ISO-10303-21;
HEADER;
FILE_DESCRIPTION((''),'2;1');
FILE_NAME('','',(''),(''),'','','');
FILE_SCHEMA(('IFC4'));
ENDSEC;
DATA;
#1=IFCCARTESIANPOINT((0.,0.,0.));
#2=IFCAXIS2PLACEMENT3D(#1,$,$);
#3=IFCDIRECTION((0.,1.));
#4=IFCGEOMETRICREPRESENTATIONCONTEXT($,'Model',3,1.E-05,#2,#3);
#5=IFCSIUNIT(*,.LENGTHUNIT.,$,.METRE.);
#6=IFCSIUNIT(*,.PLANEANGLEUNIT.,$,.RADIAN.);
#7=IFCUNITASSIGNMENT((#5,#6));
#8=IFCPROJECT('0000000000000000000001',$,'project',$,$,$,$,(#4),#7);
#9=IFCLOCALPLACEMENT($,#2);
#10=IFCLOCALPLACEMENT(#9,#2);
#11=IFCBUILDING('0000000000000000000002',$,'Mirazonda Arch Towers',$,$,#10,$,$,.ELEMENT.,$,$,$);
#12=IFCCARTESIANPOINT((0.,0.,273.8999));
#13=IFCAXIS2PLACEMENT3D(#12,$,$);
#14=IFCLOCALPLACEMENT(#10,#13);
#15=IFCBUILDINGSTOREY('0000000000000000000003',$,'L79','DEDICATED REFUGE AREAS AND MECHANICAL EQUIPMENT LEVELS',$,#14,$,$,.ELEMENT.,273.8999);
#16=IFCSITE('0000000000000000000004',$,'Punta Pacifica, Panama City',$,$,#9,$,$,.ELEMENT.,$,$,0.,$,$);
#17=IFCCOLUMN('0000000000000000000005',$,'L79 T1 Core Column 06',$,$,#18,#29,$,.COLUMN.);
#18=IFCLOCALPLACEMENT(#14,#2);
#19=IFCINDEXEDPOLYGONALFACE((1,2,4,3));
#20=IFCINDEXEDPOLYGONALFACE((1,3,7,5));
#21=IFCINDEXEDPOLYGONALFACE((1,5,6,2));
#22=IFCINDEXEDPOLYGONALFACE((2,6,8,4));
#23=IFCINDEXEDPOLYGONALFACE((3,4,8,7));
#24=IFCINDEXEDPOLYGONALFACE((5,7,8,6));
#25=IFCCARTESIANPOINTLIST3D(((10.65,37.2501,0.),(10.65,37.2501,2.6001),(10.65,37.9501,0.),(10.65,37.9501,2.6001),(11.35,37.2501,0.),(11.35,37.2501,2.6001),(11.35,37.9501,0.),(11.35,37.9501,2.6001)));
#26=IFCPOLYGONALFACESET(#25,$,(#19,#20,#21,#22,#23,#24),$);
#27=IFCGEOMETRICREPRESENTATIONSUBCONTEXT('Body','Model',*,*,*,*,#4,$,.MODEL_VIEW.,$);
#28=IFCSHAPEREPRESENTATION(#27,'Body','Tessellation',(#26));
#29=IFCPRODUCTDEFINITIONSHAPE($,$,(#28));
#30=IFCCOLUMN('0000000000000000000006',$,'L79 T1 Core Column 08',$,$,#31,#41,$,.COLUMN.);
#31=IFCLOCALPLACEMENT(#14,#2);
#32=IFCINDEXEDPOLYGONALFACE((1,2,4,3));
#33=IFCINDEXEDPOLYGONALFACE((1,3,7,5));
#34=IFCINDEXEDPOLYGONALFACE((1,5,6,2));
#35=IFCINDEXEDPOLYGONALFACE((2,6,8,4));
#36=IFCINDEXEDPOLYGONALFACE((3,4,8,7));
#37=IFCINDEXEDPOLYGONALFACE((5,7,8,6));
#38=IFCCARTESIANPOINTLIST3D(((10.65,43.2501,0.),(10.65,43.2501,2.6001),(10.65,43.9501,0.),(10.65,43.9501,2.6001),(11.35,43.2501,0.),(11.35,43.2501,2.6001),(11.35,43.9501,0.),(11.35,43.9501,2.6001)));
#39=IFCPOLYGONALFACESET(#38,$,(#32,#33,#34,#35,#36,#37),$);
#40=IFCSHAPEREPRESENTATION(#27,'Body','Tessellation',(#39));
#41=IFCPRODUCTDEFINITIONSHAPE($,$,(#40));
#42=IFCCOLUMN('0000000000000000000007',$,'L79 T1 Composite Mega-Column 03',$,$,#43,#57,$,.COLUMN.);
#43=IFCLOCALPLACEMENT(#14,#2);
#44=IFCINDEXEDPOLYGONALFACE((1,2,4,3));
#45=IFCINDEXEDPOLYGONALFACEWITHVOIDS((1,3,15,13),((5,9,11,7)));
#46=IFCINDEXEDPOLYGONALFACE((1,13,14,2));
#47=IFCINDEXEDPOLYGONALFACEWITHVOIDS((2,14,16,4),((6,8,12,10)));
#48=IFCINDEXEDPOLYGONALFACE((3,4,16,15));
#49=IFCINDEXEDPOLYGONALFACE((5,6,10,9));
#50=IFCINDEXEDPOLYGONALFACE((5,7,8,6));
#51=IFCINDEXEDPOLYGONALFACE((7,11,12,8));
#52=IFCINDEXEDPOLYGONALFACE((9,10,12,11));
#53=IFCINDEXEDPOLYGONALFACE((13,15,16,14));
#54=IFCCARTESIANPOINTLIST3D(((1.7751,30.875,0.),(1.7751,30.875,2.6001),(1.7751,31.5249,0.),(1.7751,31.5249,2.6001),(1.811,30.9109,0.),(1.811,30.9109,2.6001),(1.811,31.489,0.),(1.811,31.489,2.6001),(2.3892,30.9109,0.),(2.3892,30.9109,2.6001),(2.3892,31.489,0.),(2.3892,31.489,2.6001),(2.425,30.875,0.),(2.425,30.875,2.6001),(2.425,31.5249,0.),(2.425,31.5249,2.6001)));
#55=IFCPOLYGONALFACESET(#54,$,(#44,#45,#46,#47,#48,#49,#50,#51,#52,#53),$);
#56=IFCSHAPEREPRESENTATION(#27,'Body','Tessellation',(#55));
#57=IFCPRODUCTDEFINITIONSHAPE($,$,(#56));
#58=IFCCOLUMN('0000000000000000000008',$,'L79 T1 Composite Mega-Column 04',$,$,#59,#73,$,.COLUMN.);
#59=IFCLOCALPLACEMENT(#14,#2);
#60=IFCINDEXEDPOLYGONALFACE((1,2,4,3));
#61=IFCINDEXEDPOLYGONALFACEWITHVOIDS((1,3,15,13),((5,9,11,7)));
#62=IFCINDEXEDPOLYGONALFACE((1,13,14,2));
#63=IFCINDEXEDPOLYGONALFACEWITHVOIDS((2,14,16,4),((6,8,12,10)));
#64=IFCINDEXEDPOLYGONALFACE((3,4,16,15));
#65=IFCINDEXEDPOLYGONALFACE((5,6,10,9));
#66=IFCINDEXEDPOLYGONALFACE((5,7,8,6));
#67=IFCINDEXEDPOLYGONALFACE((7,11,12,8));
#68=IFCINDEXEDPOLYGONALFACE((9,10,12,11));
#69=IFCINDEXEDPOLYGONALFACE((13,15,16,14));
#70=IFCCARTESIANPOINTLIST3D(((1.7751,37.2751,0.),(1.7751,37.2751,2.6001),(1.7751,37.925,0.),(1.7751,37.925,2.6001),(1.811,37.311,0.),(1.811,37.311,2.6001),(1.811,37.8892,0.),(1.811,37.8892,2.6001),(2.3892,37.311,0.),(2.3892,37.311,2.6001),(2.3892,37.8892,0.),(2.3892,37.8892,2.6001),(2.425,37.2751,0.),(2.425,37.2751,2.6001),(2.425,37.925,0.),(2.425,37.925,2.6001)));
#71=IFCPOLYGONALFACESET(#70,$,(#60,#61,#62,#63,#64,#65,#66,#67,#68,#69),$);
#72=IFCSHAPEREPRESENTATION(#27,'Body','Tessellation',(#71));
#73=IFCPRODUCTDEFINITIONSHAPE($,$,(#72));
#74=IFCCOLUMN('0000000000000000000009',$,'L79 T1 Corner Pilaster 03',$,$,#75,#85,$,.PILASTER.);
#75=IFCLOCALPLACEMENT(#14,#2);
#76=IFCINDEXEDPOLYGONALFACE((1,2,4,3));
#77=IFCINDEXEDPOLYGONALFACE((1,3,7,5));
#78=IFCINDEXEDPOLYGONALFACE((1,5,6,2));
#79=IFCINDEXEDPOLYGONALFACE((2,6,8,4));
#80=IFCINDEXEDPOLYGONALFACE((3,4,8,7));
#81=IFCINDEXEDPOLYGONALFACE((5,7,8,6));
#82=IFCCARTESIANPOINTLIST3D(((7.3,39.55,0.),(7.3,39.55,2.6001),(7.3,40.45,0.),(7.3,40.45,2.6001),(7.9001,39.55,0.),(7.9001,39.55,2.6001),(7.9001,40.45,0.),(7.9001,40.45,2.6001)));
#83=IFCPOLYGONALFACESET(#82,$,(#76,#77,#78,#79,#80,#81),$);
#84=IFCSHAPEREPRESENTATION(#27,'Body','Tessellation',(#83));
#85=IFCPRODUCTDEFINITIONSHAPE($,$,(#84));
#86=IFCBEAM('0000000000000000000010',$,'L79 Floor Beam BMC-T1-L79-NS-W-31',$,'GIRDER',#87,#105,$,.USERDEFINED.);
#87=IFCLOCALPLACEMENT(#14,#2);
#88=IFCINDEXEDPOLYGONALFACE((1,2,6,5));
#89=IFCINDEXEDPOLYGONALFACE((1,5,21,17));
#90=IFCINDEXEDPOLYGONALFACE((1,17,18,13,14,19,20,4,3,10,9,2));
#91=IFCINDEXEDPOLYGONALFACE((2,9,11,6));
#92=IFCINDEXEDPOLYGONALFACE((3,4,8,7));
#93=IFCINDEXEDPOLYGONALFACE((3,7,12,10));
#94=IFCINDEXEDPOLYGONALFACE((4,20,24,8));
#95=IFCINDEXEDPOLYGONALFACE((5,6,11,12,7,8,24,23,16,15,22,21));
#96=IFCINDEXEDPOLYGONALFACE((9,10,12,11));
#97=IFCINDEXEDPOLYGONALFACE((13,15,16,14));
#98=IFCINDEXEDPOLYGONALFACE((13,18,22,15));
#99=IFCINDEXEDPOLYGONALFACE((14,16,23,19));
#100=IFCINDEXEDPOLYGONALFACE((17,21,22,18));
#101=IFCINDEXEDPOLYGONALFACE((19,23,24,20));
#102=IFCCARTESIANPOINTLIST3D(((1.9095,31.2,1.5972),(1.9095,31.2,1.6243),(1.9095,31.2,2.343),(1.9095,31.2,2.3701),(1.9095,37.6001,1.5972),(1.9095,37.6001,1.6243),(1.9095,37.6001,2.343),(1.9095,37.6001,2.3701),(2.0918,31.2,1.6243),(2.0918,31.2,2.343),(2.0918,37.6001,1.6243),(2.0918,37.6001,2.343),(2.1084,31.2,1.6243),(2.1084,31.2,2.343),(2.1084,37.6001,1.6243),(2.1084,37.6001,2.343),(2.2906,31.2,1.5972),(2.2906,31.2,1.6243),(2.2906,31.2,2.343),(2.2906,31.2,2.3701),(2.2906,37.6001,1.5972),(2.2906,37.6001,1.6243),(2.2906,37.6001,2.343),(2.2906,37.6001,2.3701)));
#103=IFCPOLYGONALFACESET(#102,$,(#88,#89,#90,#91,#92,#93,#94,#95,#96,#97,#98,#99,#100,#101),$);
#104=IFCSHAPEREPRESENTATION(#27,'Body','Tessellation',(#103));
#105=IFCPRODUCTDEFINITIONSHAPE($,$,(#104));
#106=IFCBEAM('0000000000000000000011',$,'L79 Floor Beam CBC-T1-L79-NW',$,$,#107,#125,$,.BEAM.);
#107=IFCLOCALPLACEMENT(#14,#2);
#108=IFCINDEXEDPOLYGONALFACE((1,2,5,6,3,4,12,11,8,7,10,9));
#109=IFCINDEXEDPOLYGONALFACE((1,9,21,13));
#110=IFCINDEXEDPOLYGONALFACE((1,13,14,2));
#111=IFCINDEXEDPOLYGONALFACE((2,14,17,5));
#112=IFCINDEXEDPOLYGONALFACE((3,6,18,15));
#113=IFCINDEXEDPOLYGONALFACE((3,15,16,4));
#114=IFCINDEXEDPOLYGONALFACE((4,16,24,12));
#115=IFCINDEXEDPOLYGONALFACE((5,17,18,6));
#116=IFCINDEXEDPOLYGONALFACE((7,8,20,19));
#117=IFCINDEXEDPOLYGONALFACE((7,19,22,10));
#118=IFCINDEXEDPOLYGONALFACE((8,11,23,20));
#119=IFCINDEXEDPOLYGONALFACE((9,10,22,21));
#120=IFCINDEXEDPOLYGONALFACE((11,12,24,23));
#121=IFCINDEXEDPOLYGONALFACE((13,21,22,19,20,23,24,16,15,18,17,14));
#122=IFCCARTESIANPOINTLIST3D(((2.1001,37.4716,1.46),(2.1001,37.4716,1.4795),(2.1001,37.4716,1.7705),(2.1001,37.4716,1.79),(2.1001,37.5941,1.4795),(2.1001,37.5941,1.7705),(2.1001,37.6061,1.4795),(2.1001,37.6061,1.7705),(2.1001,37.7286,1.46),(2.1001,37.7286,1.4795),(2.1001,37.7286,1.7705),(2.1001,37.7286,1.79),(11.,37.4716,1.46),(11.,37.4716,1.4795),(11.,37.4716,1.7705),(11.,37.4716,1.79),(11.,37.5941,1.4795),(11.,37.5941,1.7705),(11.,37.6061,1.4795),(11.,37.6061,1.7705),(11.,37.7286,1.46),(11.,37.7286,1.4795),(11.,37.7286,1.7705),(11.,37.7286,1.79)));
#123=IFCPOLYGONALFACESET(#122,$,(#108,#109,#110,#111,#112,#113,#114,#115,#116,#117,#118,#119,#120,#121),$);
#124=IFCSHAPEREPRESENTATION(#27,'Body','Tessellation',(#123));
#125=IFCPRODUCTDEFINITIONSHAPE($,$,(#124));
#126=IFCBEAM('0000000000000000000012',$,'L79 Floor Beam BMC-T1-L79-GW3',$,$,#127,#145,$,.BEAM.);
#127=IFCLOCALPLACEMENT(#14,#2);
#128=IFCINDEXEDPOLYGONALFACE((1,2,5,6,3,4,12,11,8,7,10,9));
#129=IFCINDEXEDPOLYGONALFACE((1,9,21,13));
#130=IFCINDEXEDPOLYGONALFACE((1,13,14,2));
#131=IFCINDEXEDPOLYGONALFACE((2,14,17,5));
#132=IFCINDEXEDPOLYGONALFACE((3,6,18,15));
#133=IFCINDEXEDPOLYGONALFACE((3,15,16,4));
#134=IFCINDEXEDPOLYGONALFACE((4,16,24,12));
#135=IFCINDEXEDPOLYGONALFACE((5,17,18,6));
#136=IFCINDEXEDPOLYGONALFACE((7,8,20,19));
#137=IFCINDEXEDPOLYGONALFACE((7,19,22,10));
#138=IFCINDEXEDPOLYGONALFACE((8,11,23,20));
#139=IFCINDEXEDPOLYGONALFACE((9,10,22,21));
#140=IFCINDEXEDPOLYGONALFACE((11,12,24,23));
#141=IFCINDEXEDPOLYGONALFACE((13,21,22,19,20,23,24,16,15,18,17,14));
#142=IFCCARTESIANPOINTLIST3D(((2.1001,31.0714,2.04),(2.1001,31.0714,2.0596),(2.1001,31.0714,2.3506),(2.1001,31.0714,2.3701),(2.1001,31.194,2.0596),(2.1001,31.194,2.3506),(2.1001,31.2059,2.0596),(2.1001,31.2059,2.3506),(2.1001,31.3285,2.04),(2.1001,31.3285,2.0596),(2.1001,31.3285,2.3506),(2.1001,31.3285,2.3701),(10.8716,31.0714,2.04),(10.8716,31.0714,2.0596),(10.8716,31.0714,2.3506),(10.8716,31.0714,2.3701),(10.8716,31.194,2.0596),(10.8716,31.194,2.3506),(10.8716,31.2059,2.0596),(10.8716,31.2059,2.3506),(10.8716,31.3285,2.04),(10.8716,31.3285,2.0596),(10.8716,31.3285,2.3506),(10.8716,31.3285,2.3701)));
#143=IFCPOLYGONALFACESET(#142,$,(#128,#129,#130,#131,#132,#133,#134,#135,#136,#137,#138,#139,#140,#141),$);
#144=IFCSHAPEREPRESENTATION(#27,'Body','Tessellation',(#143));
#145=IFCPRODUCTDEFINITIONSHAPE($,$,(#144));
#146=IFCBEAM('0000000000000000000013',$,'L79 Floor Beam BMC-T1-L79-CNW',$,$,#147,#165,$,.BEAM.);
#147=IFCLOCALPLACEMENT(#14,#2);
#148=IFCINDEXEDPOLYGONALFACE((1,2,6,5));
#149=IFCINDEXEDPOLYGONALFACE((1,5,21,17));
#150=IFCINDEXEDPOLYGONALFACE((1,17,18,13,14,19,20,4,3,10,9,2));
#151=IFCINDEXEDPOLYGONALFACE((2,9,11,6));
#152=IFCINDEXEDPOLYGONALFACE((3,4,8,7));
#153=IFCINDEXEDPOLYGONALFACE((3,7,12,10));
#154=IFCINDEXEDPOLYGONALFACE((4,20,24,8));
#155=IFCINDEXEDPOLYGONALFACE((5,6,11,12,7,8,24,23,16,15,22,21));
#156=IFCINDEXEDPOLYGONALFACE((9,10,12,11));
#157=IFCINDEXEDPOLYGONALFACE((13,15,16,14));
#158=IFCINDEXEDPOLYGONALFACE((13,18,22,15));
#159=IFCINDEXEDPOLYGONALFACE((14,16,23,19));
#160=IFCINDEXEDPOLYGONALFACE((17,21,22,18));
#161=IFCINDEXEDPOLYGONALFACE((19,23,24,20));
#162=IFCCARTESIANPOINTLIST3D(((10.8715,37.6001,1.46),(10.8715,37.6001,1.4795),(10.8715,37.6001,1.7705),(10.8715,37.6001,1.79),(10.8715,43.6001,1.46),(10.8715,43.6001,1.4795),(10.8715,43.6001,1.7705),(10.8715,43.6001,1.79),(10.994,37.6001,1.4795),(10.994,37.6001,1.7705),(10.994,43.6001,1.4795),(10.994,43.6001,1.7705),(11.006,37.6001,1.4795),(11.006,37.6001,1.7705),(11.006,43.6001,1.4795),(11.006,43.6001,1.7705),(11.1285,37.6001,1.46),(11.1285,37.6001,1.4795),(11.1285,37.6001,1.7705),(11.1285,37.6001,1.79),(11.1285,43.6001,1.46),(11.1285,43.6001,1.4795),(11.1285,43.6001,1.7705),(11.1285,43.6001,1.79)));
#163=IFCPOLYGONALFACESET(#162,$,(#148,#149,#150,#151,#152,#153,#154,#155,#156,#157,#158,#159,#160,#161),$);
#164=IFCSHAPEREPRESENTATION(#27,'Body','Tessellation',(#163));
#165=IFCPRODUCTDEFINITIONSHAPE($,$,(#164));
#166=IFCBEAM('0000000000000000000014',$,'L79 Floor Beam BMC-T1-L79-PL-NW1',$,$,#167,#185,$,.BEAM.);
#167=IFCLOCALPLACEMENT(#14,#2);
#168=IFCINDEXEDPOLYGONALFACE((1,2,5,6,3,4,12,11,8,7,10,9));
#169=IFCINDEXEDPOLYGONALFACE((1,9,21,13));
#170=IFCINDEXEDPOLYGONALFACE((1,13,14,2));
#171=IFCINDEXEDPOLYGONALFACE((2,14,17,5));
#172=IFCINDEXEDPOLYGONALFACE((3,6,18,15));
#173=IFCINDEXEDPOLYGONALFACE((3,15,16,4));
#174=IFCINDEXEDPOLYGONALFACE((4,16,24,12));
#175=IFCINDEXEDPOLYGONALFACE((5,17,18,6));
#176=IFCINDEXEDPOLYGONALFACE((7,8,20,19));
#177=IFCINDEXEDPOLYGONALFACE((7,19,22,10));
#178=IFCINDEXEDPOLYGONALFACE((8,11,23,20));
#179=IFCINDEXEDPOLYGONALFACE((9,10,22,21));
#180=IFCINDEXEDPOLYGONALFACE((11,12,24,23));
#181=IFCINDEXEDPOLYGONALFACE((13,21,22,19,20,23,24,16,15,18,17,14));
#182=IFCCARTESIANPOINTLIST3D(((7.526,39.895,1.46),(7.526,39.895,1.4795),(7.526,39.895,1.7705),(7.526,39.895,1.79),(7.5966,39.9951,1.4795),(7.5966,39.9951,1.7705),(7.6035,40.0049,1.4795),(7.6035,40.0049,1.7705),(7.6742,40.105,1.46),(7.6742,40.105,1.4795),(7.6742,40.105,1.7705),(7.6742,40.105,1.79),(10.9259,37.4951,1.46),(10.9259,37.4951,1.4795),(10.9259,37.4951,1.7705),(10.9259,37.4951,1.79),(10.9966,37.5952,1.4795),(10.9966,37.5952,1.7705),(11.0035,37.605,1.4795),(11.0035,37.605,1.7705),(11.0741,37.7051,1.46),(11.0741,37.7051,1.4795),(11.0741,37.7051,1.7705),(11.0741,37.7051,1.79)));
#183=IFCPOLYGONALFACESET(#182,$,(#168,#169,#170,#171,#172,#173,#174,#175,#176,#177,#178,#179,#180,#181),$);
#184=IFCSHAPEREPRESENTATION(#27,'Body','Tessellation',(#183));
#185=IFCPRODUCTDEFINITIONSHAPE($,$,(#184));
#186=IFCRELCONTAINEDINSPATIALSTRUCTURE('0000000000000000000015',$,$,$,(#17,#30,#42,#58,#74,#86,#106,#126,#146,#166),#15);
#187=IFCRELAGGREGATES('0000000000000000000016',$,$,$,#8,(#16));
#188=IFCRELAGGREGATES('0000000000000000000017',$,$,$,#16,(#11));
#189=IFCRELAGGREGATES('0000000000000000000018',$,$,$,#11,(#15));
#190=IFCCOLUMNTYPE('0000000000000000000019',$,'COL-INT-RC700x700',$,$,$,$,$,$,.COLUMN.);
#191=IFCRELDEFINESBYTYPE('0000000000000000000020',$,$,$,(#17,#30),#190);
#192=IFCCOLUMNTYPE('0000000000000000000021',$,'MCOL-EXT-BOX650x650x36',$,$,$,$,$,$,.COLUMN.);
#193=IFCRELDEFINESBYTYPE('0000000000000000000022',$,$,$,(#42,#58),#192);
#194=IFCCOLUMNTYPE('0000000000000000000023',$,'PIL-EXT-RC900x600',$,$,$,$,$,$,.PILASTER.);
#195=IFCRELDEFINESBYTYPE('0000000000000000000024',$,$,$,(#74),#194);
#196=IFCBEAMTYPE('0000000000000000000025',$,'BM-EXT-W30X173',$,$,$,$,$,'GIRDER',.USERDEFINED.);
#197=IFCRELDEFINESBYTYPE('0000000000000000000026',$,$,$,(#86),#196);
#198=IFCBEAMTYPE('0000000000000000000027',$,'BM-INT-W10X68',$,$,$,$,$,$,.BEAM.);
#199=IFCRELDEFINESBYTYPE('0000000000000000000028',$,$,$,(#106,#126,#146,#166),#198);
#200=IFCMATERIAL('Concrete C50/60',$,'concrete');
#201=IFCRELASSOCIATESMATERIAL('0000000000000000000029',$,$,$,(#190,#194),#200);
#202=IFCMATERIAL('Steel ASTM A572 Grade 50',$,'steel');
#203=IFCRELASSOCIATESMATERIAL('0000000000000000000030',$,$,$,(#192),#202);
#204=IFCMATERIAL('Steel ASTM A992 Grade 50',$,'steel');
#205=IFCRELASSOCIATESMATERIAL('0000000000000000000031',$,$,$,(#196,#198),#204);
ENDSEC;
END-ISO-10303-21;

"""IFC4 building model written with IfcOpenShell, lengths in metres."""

from ifc_helpers import new_model, si_unit, direction, frame, origin, origin_2d, place, context, subcontext, project, spatial, rectangle, hollow_rectangle, i_section, extrude, material, material_profile, profile_set, type_object, element, save


model = new_model("IFC4")

# Units and contexts
model_context = context("Model", 3, precision=1e-05, world=origin(), true_north=direction((0.0, 1.0)))
body_context = subcontext(model_context, "Body", "Model", "MODEL_VIEW")
ifc_project = project(units=[si_unit("LENGTHUNIT", "METRE"), si_unit("PLANEANGLEUNIT", "RADIAN")], contexts=[model_context])

# Site, building, storey
site_placement = place(None, origin())
site = spatial("IfcSite", under=ifc_project, at=site_placement, Name="Punta Pacifica, Panama City", CompositionType="ELEMENT", RefElevation=0.0)
building_placement = place(site_placement, origin())
building = spatial("IfcBuilding", under=site, at=building_placement, Name="Mirazonda Arch Towers", CompositionType="ELEMENT")
storey_placement = place(building_placement, frame((0.0, 0.0, 273.8999)))
storey = spatial("IfcBuildingStorey", under=building, at=storey_placement, Name="L79", Description="DEDICATED REFUGE AREAS AND MECHANICAL EQUIPMENT LEVELS", CompositionType="ELEMENT", Elevation=273.8999)

# Columns
ifc_material_1 = material(Name="Concrete C50/60", Category="concrete")
ifc_material_profile_1 = material_profile(ifc_material_1, rectangle(XDim=0.7, YDim=0.7, at=origin_2d()), Name="RC700x700")
ifc_profile_set_1 = profile_set([ifc_material_profile_1], Name="Concrete C50/60")
column_type_1 = type_object("IfcColumnType", Name="COL-INT-RC700x700", PredefinedType="COLUMN", material=ifc_profile_set_1)
for number, where, z_axis, x_axis, name in (
    (1, (11.0, 37.6001, 0.0), (0.0, 0.0, 1.0), (1.0, 0.0, 0.0), "L79 T1 Core Column 06"),
    (2, (11.0, 43.6001, 0.0), (0.0, 0.0, 1.0), (1.0, 0.0, 0.0), "L79 T1 Core Column 08"),
):
    element("IfcColumn", number, at=place(storey_placement, frame(where, z_axis=z_axis, x_axis=x_axis)), inside=storey, type_object=column_type_1, Name=name, PredefinedType="COLUMN", context=body_context, shape_type="SweptSolid", body=[
        extrude(rectangle(XDim=0.7, YDim=0.7, at=origin_2d()), origin(), (0.0, 0.0, 1.0), 2.6001),
    ])
ifc_material_2 = material(Name="Steel ASTM A572 Grade 50", Category="steel")
ifc_material_profile_2 = material_profile(ifc_material_2, hollow_rectangle(XDim=0.6499, YDim=0.6499, WallThickness=0.0359, at=origin_2d()), Name="BOX650x650x36")
ifc_profile_set_2 = profile_set([ifc_material_profile_2], Name="Steel ASTM A572 Grade 50")
column_type_2 = type_object("IfcColumnType", Name="MCOL-EXT-BOX650x650x36", PredefinedType="COLUMN", material=ifc_profile_set_2)
for number, where, z_axis, x_axis, name in (
    (3, (2.1001, 31.2, 0.0), (0.0, 0.0, 1.0), (1.0, 0.0, 0.0), "L79 T1 Composite Mega-Column 03"),
    (4, (2.1001, 37.6001, 0.0), (0.0, 0.0, 1.0), (1.0, 0.0, 0.0), "L79 T1 Composite Mega-Column 04"),
):
    element("IfcColumn", number, at=place(storey_placement, frame(where, z_axis=z_axis, x_axis=x_axis)), inside=storey, type_object=column_type_2, Name=name, PredefinedType="COLUMN", context=body_context, shape_type="SweptSolid", body=[
        extrude(hollow_rectangle(XDim=0.6499, YDim=0.6499, WallThickness=0.0359, at=origin_2d()), origin(), (0.0, 0.0, 1.0), 2.6001),
    ])
ifc_material_profile_3 = material_profile(ifc_material_1, rectangle(XDim=0.6001, YDim=0.8999, at=origin_2d()), Name="RC900x600")
ifc_profile_set_3 = profile_set([ifc_material_profile_3], Name="Concrete C50/60")
column_type_3 = type_object("IfcColumnType", Name="PIL-EXT-RC900x600", PredefinedType="PILASTER", material=ifc_profile_set_3)
column_placement = place(storey_placement, frame((7.6001, 40.0, 0.0), z_axis=(0.0, 0.0, 1.0), x_axis=(1.0, 0.0, 0.0)))
element("IfcColumn", 5, at=column_placement, inside=storey, type_object=column_type_3, Name="L79 T1 Corner Pilaster 03", PredefinedType="PILASTER", context=body_context, shape_type="SweptSolid", body=[
    extrude(rectangle(XDim=0.6001, YDim=0.8999, at=origin_2d()), origin(), (0.0, 0.0, 1.0), 2.6001),
])

# Beams
ifc_material_3 = material(Name="Steel ASTM A992 Grade 50", Category="steel")
ifc_material_profile_4 = material_profile(ifc_material_3, i_section(OverallWidth=0.3811, OverallDepth=0.7729, WebThickness=0.0166, FlangeThickness=0.0271, at=origin_2d()), Name="W30X173")
ifc_profile_set_4 = profile_set([ifc_material_profile_4], Name="Steel ASTM A992 Grade 50")
beam_type_1 = type_object("IfcBeamType", Name="BM-EXT-W30X173", ElementType="GIRDER", PredefinedType="USERDEFINED", material=ifc_profile_set_4)
beam_1_placement = place(storey_placement, frame((2.1001, 31.2, 1.9836), z_axis=(0.0, 1.0, 0.0), x_axis=(-1.0, 0.0, 0.0)))
element("IfcBeam", 6, at=beam_1_placement, inside=storey, type_object=beam_type_1, Name="L79 Floor Beam BMC-T1-L79-NS-W-31", ObjectType="GIRDER", PredefinedType="USERDEFINED", context=body_context, shape_type="SweptSolid", body=[
    extrude(i_section(OverallWidth=0.3811, OverallDepth=0.7729, WebThickness=0.0166, FlangeThickness=0.0271, at=origin_2d()), origin(), (0.0, 0.0, 1.0), 6.4001),
])
ifc_material_profile_5 = material_profile(ifc_material_3, i_section(OverallWidth=0.2571, OverallDepth=0.3301, WebThickness=0.012, FlangeThickness=0.0195, at=origin_2d()), Name="W10X68")
ifc_profile_set_5 = profile_set([ifc_material_profile_5], Name="Steel ASTM A992 Grade 50")
beam_type_2 = type_object("IfcBeamType", Name="BM-INT-W10X68", PredefinedType="BEAM", material=ifc_profile_set_5)
beam_2_placement = place(storey_placement, frame((2.1001, 37.6001, 1.625), z_axis=(1.0, 0.0, 0.0), x_axis=(0.0, 1.0, 0.0)))
element("IfcBeam", 7, at=beam_2_placement, inside=storey, type_object=beam_type_2, Name="L79 Floor Beam CBC-T1-L79-NW", PredefinedType="BEAM", context=body_context, shape_type="SweptSolid", body=[
    extrude(i_section(OverallWidth=0.2571, OverallDepth=0.3301, WebThickness=0.012, FlangeThickness=0.0195, at=origin_2d()), origin(), (0.0, 0.0, 1.0), 8.8999),
])
beam_3_placement = place(storey_placement, frame((2.1001, 31.2, 2.2051), z_axis=(1.0, 0.0, 0.0), x_axis=(0.0, 1.0, 0.0)))
element("IfcBeam", 8, at=beam_3_placement, inside=storey, type_object=beam_type_2, Name="L79 Floor Beam BMC-T1-L79-GW3", PredefinedType="BEAM", context=body_context, shape_type="SweptSolid", body=[
    extrude(i_section(OverallWidth=0.2571, OverallDepth=0.3301, WebThickness=0.012, FlangeThickness=0.0195, at=origin_2d()), origin(), (0.0, 0.0, 1.0), 8.7715),
])
beam_4_placement = place(storey_placement, frame((11.0, 37.6001, 1.625), z_axis=(0.0, 1.0, 0.0), x_axis=(-1.0, 0.0, 0.0)))
element("IfcBeam", 9, at=beam_4_placement, inside=storey, type_object=beam_type_2, Name="L79 Floor Beam BMC-T1-L79-CNW", PredefinedType="BEAM", context=body_context, shape_type="SweptSolid", body=[
    extrude(i_section(OverallWidth=0.2571, OverallDepth=0.3301, WebThickness=0.012, FlangeThickness=0.0195, at=origin_2d()), origin(), (0.0, 0.0, 1.0), 6.0),
])
beam_5_placement = place(storey_placement, frame((7.6001, 40.0, 1.625), z_axis=(0.816971, -0.576679, 0.0), x_axis=(0.576679, 0.816971, 0.0)))
element("IfcBeam", 10, at=beam_5_placement, inside=storey, type_object=beam_type_2, Name="L79 Floor Beam BMC-T1-L79-PL-NW1", PredefinedType="BEAM", context=body_context, shape_type="SweptSolid", body=[
    extrude(i_section(OverallWidth=0.2571, OverallDepth=0.3301, WebThickness=0.012, FlangeThickness=0.0195, at=origin_2d()), origin(), (0.0, 0.0, 1.0), 4.1616),
])

save(model, "model.ifc")
